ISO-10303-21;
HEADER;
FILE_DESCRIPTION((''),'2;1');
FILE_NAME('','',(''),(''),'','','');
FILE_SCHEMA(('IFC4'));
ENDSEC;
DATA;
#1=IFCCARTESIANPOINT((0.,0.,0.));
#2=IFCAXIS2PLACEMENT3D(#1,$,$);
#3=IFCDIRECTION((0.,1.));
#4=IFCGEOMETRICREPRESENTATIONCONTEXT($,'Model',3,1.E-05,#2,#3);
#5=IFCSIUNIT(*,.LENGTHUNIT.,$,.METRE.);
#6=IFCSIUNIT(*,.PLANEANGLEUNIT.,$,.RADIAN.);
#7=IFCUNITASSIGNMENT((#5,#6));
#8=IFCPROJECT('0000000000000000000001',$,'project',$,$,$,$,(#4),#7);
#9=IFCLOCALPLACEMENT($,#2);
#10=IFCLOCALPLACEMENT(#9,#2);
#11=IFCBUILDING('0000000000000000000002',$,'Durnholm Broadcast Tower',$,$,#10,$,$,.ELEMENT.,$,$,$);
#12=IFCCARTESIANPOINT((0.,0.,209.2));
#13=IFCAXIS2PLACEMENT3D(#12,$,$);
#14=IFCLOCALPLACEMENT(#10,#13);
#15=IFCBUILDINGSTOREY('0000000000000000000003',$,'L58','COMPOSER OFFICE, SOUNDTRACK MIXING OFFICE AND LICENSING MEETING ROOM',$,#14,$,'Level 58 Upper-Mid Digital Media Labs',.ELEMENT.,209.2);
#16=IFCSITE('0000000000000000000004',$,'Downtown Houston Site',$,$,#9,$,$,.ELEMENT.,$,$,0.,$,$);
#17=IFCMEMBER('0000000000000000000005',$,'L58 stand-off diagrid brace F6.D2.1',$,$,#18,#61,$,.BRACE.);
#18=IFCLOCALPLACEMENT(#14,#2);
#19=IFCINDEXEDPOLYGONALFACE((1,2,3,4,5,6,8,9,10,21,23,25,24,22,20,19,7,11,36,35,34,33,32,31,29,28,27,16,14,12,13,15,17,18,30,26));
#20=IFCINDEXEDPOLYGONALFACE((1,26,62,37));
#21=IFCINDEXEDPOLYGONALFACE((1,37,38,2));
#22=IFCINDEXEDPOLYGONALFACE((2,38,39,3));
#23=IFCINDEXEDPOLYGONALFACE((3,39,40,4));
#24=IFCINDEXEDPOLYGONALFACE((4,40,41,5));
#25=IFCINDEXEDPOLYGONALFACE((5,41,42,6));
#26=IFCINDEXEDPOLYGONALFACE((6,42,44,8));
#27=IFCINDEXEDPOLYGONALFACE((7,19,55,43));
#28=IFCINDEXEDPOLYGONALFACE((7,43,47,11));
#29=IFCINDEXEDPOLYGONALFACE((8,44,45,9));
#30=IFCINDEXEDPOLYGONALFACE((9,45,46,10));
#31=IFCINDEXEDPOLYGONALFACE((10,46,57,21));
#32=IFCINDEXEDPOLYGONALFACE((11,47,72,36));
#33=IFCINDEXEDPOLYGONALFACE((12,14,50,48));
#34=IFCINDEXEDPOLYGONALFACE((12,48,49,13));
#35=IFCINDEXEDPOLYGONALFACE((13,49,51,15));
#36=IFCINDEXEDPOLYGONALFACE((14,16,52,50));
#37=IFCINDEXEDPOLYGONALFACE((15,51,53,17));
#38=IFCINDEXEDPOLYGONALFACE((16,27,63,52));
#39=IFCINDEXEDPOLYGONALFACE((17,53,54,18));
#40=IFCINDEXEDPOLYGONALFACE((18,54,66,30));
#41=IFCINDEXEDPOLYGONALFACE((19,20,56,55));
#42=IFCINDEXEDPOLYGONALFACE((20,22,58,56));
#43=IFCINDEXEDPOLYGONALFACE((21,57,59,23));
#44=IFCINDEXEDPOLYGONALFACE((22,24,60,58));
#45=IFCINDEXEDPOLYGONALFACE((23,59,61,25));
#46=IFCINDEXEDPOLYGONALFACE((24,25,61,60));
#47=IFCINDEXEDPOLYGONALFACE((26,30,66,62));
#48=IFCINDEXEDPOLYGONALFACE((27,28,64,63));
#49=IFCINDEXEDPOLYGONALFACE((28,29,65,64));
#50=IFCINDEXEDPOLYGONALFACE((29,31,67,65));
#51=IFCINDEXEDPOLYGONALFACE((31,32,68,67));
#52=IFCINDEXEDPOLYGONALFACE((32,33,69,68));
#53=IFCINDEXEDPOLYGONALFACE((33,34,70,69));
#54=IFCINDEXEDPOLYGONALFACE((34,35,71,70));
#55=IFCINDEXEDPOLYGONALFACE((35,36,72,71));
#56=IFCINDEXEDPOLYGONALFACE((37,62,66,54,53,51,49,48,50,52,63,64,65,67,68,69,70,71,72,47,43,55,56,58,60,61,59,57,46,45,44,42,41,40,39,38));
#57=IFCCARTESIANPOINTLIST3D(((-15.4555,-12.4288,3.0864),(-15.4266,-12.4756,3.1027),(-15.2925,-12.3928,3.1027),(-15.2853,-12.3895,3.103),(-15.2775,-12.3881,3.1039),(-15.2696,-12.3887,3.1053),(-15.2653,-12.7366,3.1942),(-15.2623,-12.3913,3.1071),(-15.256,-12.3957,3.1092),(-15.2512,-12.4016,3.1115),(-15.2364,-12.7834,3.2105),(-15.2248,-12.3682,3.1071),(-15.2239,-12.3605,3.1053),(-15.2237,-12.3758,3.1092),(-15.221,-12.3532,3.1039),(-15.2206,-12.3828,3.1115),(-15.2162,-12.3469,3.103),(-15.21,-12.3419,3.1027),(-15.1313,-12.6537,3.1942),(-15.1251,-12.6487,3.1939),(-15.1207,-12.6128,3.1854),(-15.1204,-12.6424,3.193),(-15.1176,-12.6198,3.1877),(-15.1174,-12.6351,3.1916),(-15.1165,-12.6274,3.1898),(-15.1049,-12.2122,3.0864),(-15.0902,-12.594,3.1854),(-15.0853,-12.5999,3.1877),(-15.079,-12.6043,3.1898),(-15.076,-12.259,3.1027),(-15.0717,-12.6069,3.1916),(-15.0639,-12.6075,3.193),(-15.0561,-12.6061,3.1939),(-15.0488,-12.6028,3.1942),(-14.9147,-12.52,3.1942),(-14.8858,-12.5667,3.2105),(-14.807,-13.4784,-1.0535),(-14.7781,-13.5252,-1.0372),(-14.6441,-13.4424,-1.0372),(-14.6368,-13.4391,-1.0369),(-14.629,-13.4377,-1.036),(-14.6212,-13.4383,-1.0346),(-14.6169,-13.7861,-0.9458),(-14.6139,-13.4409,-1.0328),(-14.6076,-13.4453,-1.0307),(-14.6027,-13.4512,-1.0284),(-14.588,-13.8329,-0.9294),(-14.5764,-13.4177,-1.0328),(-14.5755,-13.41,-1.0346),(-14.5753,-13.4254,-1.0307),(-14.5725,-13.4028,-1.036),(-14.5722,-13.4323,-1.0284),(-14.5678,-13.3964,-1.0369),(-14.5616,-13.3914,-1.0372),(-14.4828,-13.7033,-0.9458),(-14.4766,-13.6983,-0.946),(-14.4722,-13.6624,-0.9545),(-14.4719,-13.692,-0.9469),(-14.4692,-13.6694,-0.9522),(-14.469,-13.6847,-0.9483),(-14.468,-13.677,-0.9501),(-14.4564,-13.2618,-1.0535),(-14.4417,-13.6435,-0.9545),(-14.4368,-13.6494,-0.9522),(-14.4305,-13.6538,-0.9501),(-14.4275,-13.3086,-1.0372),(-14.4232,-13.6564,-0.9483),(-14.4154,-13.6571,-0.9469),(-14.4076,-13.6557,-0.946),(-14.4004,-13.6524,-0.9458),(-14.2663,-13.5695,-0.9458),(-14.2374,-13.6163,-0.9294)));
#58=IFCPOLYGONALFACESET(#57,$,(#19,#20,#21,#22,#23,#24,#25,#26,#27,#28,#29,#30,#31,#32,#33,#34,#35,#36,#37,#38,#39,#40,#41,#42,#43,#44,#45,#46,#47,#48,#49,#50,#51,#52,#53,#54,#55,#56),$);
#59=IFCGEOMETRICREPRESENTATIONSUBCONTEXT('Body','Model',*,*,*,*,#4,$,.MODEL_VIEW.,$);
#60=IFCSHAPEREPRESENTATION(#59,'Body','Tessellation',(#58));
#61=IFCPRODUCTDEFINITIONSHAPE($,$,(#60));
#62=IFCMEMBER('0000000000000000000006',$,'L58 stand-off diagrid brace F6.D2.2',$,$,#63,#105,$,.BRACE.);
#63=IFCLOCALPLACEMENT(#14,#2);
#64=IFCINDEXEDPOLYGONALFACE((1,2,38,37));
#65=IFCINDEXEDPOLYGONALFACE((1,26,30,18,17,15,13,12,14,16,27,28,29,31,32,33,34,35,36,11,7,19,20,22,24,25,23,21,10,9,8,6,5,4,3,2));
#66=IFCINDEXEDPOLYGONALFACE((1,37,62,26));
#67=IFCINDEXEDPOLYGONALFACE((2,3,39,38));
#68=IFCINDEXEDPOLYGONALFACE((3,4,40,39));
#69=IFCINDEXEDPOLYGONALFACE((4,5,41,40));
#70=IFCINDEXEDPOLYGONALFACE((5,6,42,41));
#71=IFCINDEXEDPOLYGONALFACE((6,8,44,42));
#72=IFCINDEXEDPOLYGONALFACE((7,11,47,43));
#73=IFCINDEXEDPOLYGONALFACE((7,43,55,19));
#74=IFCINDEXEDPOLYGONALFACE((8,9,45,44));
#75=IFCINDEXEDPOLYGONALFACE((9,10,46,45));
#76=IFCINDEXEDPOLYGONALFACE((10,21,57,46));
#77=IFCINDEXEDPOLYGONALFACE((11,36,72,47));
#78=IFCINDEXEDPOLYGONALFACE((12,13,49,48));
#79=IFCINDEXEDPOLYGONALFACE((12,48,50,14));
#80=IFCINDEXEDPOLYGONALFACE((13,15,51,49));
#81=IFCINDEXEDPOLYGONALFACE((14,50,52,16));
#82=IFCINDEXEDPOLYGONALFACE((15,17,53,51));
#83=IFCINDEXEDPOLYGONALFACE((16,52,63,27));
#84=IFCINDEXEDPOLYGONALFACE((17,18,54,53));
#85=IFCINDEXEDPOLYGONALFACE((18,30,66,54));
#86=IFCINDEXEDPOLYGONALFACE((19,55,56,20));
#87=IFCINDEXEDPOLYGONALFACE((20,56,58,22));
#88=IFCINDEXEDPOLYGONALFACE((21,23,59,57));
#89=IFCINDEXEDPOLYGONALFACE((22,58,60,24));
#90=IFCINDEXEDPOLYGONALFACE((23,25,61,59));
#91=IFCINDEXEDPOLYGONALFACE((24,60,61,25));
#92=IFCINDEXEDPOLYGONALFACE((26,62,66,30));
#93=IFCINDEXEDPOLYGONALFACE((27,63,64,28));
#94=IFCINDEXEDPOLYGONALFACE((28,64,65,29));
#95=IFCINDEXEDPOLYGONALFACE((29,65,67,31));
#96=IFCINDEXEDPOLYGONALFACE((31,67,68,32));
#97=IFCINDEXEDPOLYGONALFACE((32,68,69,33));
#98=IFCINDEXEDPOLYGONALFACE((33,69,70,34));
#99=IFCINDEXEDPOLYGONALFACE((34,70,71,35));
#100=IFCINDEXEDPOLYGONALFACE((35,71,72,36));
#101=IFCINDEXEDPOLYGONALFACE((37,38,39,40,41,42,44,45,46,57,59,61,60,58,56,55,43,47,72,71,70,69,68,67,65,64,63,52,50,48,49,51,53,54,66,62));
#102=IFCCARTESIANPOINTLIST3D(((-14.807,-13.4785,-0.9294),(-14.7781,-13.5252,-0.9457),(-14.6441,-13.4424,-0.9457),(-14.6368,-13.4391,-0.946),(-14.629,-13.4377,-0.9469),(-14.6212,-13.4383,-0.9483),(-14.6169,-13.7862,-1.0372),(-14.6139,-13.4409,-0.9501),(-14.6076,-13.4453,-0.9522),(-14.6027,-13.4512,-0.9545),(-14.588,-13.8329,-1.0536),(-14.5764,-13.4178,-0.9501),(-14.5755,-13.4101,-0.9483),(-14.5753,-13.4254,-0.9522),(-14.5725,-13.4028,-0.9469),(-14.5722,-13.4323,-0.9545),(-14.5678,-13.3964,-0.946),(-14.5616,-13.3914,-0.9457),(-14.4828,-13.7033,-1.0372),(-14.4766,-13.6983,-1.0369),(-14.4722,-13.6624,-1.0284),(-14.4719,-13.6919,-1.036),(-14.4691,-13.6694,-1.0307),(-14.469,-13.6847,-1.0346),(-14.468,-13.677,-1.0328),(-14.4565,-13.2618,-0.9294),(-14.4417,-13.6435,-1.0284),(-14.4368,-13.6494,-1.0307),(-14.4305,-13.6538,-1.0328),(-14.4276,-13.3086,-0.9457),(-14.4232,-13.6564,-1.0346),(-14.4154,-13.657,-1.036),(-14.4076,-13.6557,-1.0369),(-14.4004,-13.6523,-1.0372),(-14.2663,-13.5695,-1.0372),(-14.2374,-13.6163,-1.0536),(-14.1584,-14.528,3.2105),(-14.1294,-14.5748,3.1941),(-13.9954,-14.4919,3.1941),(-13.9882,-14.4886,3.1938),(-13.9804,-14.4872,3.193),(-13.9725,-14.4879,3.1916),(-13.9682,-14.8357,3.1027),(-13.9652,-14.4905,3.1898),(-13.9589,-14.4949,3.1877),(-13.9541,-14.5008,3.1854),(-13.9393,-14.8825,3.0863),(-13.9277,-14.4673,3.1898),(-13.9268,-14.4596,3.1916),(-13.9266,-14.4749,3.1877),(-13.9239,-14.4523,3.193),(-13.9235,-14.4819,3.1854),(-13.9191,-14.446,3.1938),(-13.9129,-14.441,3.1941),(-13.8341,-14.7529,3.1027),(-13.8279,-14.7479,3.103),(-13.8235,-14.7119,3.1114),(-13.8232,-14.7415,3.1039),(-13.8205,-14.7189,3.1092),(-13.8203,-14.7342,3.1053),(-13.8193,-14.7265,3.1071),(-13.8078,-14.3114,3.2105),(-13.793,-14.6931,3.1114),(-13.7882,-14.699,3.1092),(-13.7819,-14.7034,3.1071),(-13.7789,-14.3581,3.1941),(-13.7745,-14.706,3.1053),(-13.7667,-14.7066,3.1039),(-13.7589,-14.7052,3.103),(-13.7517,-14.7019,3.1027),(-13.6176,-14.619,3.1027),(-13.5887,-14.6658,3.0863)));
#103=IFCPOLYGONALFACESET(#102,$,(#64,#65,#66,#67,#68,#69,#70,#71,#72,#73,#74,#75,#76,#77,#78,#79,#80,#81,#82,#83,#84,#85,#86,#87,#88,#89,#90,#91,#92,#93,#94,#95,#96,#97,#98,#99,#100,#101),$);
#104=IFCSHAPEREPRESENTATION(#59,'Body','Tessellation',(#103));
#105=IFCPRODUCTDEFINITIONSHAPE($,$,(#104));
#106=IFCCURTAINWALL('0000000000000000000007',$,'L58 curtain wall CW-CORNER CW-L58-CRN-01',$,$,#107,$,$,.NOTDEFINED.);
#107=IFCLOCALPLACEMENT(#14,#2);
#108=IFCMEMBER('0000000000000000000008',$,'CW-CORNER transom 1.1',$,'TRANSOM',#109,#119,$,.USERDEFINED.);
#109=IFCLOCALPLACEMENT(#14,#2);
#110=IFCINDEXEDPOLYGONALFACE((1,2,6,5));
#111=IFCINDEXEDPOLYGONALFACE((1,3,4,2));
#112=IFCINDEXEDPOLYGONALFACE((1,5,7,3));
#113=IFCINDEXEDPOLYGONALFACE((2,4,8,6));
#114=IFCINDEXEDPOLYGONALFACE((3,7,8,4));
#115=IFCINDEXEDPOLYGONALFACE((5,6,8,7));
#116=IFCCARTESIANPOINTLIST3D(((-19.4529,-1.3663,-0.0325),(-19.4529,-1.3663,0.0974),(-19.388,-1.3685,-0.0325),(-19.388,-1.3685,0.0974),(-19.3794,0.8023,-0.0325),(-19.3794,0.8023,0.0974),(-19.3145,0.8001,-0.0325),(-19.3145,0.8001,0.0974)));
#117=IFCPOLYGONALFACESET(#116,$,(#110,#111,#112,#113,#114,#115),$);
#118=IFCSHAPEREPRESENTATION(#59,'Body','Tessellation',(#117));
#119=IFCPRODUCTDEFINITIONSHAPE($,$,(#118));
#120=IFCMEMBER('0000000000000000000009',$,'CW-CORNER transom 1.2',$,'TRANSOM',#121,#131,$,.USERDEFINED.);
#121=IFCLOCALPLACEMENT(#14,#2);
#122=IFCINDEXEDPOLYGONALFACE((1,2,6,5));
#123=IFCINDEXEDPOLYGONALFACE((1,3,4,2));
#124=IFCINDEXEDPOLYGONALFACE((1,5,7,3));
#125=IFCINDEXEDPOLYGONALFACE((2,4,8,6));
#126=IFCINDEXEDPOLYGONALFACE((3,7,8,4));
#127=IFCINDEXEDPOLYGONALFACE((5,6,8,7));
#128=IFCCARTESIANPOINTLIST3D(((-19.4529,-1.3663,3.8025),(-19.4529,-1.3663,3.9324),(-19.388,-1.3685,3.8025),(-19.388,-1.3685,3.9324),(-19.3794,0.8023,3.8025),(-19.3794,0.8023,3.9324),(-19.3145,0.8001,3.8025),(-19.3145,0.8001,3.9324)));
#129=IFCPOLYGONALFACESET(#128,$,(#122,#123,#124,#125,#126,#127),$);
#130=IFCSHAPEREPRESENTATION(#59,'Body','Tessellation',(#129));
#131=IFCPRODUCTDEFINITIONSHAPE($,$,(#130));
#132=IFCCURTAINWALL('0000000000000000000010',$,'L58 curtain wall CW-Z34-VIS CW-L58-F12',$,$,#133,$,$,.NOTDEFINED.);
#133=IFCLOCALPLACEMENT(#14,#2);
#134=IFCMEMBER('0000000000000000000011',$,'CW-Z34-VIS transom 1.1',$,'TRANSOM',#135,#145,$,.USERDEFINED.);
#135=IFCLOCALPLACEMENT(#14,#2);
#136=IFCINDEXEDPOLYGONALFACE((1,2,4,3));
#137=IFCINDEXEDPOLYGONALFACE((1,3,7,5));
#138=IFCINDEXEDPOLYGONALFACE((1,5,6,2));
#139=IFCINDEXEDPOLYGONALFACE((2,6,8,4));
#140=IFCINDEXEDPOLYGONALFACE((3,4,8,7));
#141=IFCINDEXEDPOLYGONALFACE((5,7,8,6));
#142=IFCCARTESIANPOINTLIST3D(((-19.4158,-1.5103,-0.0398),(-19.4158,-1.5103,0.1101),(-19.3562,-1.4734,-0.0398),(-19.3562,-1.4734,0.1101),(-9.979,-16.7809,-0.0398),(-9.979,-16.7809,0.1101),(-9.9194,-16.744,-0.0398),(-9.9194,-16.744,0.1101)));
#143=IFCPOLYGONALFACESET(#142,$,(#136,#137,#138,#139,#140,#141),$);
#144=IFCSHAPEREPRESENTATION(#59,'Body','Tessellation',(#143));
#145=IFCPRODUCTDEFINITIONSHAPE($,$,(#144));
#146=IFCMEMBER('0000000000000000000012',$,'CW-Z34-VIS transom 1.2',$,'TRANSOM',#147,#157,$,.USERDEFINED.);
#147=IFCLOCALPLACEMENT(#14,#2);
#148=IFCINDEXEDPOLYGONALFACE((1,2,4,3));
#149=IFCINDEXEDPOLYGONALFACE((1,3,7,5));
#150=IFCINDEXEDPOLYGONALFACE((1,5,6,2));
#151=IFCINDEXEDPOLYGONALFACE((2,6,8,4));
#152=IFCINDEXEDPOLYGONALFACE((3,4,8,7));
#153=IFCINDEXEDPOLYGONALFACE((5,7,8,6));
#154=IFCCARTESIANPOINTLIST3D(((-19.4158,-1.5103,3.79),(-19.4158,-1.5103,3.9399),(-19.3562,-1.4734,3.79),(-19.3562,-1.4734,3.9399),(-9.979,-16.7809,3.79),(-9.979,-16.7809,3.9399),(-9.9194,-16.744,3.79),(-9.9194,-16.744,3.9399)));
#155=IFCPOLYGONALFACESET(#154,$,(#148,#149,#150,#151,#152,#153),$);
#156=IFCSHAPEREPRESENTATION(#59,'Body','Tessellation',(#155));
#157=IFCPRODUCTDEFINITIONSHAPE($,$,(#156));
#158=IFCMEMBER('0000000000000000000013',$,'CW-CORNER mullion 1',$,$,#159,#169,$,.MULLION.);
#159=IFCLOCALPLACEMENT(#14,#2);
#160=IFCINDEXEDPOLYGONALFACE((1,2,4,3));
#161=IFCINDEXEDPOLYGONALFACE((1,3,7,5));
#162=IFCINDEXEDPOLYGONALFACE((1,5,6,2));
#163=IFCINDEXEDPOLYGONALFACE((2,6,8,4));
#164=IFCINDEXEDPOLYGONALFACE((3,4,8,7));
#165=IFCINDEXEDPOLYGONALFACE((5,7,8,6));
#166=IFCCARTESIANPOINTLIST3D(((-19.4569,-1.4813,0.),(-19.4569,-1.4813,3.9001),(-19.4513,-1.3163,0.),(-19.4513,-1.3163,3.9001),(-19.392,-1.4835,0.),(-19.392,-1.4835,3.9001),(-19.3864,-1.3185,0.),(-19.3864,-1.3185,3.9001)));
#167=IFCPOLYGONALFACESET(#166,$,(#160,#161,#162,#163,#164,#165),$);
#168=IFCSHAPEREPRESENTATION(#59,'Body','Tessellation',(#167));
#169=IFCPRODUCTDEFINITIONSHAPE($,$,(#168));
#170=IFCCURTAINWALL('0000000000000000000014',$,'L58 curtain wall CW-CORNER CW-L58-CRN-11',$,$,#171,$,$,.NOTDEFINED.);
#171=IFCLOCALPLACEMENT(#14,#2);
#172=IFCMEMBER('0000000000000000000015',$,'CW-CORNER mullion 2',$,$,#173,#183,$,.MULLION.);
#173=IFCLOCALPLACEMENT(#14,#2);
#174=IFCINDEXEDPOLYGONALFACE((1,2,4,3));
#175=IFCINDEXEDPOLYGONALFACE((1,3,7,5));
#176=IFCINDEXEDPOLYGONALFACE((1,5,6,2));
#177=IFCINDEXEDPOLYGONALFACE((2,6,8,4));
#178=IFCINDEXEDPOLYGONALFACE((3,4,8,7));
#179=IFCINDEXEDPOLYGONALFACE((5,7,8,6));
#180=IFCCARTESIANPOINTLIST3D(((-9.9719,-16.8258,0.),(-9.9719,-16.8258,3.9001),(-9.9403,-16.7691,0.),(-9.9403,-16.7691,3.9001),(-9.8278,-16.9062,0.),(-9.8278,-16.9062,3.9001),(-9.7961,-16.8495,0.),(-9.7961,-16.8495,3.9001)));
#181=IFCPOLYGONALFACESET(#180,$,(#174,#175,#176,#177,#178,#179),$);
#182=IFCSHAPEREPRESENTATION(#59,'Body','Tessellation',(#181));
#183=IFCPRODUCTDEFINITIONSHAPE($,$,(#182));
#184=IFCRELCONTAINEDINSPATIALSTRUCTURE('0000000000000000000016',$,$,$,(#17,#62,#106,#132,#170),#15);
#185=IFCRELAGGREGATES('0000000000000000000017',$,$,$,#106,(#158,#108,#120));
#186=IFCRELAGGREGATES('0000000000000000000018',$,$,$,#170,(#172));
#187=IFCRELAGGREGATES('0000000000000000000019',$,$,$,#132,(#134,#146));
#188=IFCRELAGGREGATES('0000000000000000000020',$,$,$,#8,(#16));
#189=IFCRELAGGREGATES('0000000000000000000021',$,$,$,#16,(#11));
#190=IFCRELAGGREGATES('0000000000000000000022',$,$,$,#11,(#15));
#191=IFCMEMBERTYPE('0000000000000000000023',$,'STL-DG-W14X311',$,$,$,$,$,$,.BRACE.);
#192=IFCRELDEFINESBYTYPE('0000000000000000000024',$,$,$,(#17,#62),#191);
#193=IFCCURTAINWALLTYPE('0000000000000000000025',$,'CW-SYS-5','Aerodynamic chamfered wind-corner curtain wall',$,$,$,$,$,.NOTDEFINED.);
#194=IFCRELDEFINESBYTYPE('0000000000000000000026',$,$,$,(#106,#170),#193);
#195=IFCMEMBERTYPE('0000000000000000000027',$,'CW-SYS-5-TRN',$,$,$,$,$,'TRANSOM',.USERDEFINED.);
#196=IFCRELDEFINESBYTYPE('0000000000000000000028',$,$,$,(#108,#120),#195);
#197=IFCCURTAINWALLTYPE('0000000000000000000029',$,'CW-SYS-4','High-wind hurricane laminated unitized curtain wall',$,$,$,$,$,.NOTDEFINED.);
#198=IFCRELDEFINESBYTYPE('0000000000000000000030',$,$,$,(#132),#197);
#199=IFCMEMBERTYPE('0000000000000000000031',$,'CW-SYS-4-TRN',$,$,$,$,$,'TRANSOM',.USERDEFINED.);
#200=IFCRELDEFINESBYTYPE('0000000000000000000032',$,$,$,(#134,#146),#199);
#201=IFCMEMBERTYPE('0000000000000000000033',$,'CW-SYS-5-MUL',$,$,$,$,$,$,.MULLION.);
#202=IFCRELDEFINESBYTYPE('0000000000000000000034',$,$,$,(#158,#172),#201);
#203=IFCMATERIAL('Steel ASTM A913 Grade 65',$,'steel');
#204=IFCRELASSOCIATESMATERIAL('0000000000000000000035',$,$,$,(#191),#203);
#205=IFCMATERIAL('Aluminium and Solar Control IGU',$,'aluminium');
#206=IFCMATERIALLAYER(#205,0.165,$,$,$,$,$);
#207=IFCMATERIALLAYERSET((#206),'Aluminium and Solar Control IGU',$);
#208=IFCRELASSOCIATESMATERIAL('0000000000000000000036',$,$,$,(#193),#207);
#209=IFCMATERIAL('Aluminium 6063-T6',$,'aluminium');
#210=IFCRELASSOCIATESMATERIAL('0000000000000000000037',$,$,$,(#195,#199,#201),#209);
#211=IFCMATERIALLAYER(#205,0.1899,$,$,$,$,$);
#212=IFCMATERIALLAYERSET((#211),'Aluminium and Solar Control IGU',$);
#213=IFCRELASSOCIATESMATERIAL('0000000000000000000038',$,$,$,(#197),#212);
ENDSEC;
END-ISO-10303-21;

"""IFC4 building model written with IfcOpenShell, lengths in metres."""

from ifc_helpers import new_model, si_unit, direction, frame, origin, origin_2d, place, context, subcontext, project, spatial, rectangle, i_section, extrude, source, transform, mapped, material, layer, layer_set, material_profile, profile_set, type_object, type_shapes, element, aggregate, save


model = new_model("IFC4")

# Units and contexts
model_context = context("Model", 3, precision=1e-05, world=origin(), true_north=direction((0.0, 1.0)))
body_context = subcontext(model_context, "Body", "Model", "MODEL_VIEW")
ifc_project = project(units=[si_unit("LENGTHUNIT", "METRE"), si_unit("PLANEANGLEUNIT", "RADIAN")], contexts=[model_context])

# Site, building, storey
site_placement = place(None, origin())
site = spatial("IfcSite", under=ifc_project, at=site_placement, Name="Downtown Houston Site", CompositionType="ELEMENT", RefElevation=0.0)
building_placement = place(site_placement, origin())
building = spatial("IfcBuilding", under=site, at=building_placement, Name="Durnholm Broadcast Tower", CompositionType="ELEMENT")
storey_placement = place(building_placement, frame((0.0, 0.0, 209.2)))
storey = spatial("IfcBuildingStorey", under=building, at=storey_placement, Name="L58", Description="COMPOSER OFFICE, SOUNDTRACK MIXING OFFICE AND LICENSING MEETING ROOM", LongName="Level 58 Upper-Mid Digital Media Labs", CompositionType="ELEMENT", Elevation=209.2)

# Members
ifc_material_1 = material(Name="Steel ASTM A913 Grade 65", Category="steel")
ifc_material_profile_1 = material_profile(ifc_material_1, i_section(OverallWidth=0.4121, OverallDepth=0.4348, WebThickness=0.0359, FlangeThickness=0.0574, FilletRadius=0.0305, at=origin_2d()), Name="W14X311")
ifc_profile_set_1 = profile_set([ifc_material_profile_1], Name="Steel ASTM A913 Grade 65")
member_type_1 = type_object("IfcMemberType", Name="STL-DG-W14X311", PredefinedType="BRACE", material=ifc_profile_set_1)
shared_shape_1 = source(origin(), body_context, "Body", "SweptSolid", [
    extrude(i_section(OverallWidth=0.4121, OverallDepth=0.4348, WebThickness=0.0359, FlangeThickness=0.0574, FilletRadius=0.0305, at=origin_2d()), origin(), (0.0, 0.0, 1.0), 4.3198),
])
type_shapes(member_type_1, [shared_shape_1])
for number, where, z_axis, x_axis, name in (
    (1, (-14.5222, -13.5474, -0.9915), (-0.150108, 0.242965, 0.958351), (-0.850733, -0.525598, 0.0), "L58 stand-off diagrid brace F6.D2.1"),
    (2, (-14.5222, -13.5474, -0.9915), (0.150163, -0.242962, 0.958342), (0.850644, 0.525741, 0.0), "L58 stand-off diagrid brace F6.D2.2"),
):
    element("IfcMember", number, at=place(storey_placement, frame(where, z_axis=z_axis, x_axis=x_axis)), inside=storey, type_object=member_type_1, Name=name, PredefinedType="BRACE", context=body_context, shape_type="MappedRepresentation", body=[
        mapped(shared_shape_1, transform((0.0, 0.0, 0.0), x_axis=(1.0, 0.0, 0.0), y_axis=(0.0, 1.0, 0.0), z_axis=(0.0, 0.0, 1.0), scale=1.0)),
    ])

# Curtain walls, members
ifc_material_2 = material(Name="Aluminium and Solar Control IGU", Category="aluminium")
ifc_layer_1 = layer(ifc_material_2, 0.165)
ifc_layer_set_1 = layer_set([ifc_layer_1], Name="Aluminium and Solar Control IGU")
curtain_wall_type_1 = type_object("IfcCurtainWallType", Name="CW-SYS-5", Description="Aerodynamic chamfered wind-corner curtain wall", PredefinedType="NOTDEFINED", material=ifc_layer_set_1)
curtain_wall_1_placement = place(storey_placement, origin())
curtain_wall_1 = element("IfcCurtainWall", 3, at=curtain_wall_1_placement, inside=storey, type_object=curtain_wall_type_1, Name="L58 curtain wall CW-CORNER CW-L58-CRN-01", PredefinedType="NOTDEFINED")
ifc_material_3 = material(Name="Aluminium 6063-T6", Category="aluminium")
ifc_material_profile_2 = material_profile(ifc_material_3, rectangle(XDim=0.0649, YDim=0.1299, at=origin_2d()), Name="CWT65X130")
ifc_profile_set_2 = profile_set([ifc_material_profile_2], Name="Aluminium 6063-T6")
member_type_2 = type_object("IfcMemberType", Name="CW-SYS-5-TRN", ElementType="TRANSOM", PredefinedType="USERDEFINED", material=ifc_profile_set_2)
shared_shape_2 = source(origin(), body_context, "Body", "SweptSolid", [
    extrude(rectangle(XDim=0.0649, YDim=0.1299, at=origin_2d()), origin(), (0.0, 0.0, 1.0), 2.1699),
])
type_shapes(member_type_2, [shared_shape_2])
member_1_placement = place(storey_placement, frame((-19.4204, -1.3674, 0.0325), z_axis=(0.033866, 0.999426, 0.0), x_axis=(-0.999426, 0.033866, 0.0)))
member_1 = element("IfcMember", 4, at=member_1_placement, type_object=member_type_2, Name="CW-CORNER transom 1.1", ObjectType="TRANSOM", PredefinedType="USERDEFINED", context=body_context, shape_type="MappedRepresentation", body=[
    mapped(shared_shape_2, transform((0.0, 0.0, 0.0), x_axis=(1.0, 0.0, 0.0), y_axis=(0.0, 1.0, 0.0), z_axis=(0.0, 0.0, 1.0), scale=1.0)),
])
member_2_placement = place(storey_placement, frame((-19.4204, -1.3674, 3.8674), z_axis=(0.033866, 0.999426, 0.0), x_axis=(-0.999426, 0.033866, 0.0)))
member_2 = element("IfcMember", 5, at=member_2_placement, type_object=member_type_2, Name="CW-CORNER transom 1.2", ObjectType="TRANSOM", PredefinedType="USERDEFINED", context=body_context, shape_type="MappedRepresentation", body=[
    mapped(shared_shape_2, transform((0.0, 0.0, 0.0), x_axis=(1.0, 0.0, 0.0), y_axis=(0.0, 1.0, 0.0), z_axis=(0.0, 0.0, 1.0), scale=1.0)),
])
ifc_layer_2 = layer(ifc_material_2, 0.1899)
ifc_layer_set_2 = layer_set([ifc_layer_2], Name="Aluminium and Solar Control IGU")
curtain_wall_type_2 = type_object("IfcCurtainWallType", Name="CW-SYS-4", Description="High-wind hurricane laminated unitized curtain wall", PredefinedType="NOTDEFINED", material=ifc_layer_set_2)
curtain_wall_2_placement = place(storey_placement, origin())
curtain_wall_2 = element("IfcCurtainWall", 6, at=curtain_wall_2_placement, inside=storey, type_object=curtain_wall_type_2, Name="L58 curtain wall CW-Z34-VIS CW-L58-F12", PredefinedType="NOTDEFINED")
ifc_material_profile_3 = material_profile(ifc_material_3, rectangle(XDim=0.0701, YDim=0.1499, at=origin_2d()), Name="CWT70X150")
ifc_profile_set_3 = profile_set([ifc_material_profile_3], Name="Aluminium 6063-T6")
member_type_3 = type_object("IfcMemberType", Name="CW-SYS-4-TRN", ElementType="TRANSOM", PredefinedType="USERDEFINED", material=ifc_profile_set_3)
shared_shape_3 = source(origin(), body_context, "Body", "SweptSolid", [
    extrude(rectangle(XDim=0.0701, YDim=0.1499, at=origin_2d()), origin(), (0.0, 0.0, 1.0), 17.9512),
])
type_shapes(member_type_3, [shared_shape_3])
member_3_placement = place(storey_placement, frame((-9.9492, -16.7625, 0.0352), z_axis=(-0.525694, 0.850674, 0.0), x_axis=(-0.850674, -0.525694, 0.0)))
member_3 = element("IfcMember", 7, at=member_3_placement, type_object=member_type_3, Name="CW-Z34-VIS transom 1.1", ObjectType="TRANSOM", PredefinedType="USERDEFINED", context=body_context, shape_type="MappedRepresentation", body=[
    mapped(shared_shape_3, transform((0.0, 0.0, 0.0), x_axis=(1.0, 0.0, 0.0), y_axis=(0.0, 1.0, 0.0), z_axis=(0.0, 0.0, 1.0), scale=1.0)),
])
member_4_placement = place(storey_placement, frame((-9.9492, -16.7625, 3.865), z_axis=(-0.525694, 0.850674, 0.0), x_axis=(-0.850674, -0.525694, 0.0)))
member_4 = element("IfcMember", 8, at=member_4_placement, type_object=member_type_3, Name="CW-Z34-VIS transom 1.2", ObjectType="TRANSOM", PredefinedType="USERDEFINED", context=body_context, shape_type="MappedRepresentation", body=[
    mapped(shared_shape_3, transform((0.0, 0.0, 0.0), x_axis=(1.0, 0.0, 0.0), y_axis=(0.0, 1.0, 0.0), z_axis=(0.0, 0.0, 1.0), scale=1.0)),
])

# Member
ifc_material_profile_4 = material_profile(ifc_material_3, rectangle(XDim=0.0649, YDim=0.165, at=origin_2d()), Name="CWM65X165")
ifc_profile_set_4 = profile_set([ifc_material_profile_4], Name="Aluminium 6063-T6")
member_type_4 = type_object("IfcMemberType", Name="CW-SYS-5-MUL", PredefinedType="MULLION", material=ifc_profile_set_4)
shared_shape_4 = source(origin(), body_context, "Body", "SweptSolid", [
    extrude(rectangle(XDim=0.0649, YDim=0.165, at=origin_2d()), origin(), (0.0, 0.0, 1.0), 3.9001),
])
type_shapes(member_type_4, [shared_shape_4])
member_5_placement = place(storey_placement, frame((-19.4216, -1.3999, 0.0), z_axis=(0.0, 0.0, 1.0), x_axis=(-0.999425, 0.033913, 0.0)))
member_5 = element("IfcMember", 9, at=member_5_placement, type_object=member_type_4, Name="CW-CORNER mullion 1", PredefinedType="MULLION", context=body_context, shape_type="MappedRepresentation", body=[
    mapped(shared_shape_4, transform((0.0, 0.0, 0.0), x_axis=(1.0, 0.0, 0.0), y_axis=(0.0, 1.0, 0.0), z_axis=(0.0, 0.0, 1.0), scale=1.0)),
])

# Curtain wall, member
curtain_wall_3_placement = place(storey_placement, origin())
curtain_wall_3 = element("IfcCurtainWall", 10, at=curtain_wall_3_placement, inside=storey, type_object=curtain_wall_type_1, Name="L58 curtain wall CW-CORNER CW-L58-CRN-11", PredefinedType="NOTDEFINED")
member_6_placement = place(storey_placement, frame((-9.884, -16.8376, 0.0), z_axis=(0.0, 0.0, 1.0), x_axis=(-0.486986, -0.87341, 0.0)))
member_6 = element("IfcMember", 11, at=member_6_placement, type_object=member_type_4, Name="CW-CORNER mullion 2", PredefinedType="MULLION", context=body_context, shape_type="MappedRepresentation", body=[
    mapped(shared_shape_4, transform((0.0, 0.0, 0.0), x_axis=(1.0, 0.0, 0.0), y_axis=(0.0, 1.0, 0.0), z_axis=(0.0, 0.0, 1.0), scale=1.0)),
])

aggregate(curtain_wall_1, [member_5, member_1, member_2])
aggregate(curtain_wall_3, [member_6])
aggregate(curtain_wall_2, [member_3, member_4])

save(model, "model.ifc")
